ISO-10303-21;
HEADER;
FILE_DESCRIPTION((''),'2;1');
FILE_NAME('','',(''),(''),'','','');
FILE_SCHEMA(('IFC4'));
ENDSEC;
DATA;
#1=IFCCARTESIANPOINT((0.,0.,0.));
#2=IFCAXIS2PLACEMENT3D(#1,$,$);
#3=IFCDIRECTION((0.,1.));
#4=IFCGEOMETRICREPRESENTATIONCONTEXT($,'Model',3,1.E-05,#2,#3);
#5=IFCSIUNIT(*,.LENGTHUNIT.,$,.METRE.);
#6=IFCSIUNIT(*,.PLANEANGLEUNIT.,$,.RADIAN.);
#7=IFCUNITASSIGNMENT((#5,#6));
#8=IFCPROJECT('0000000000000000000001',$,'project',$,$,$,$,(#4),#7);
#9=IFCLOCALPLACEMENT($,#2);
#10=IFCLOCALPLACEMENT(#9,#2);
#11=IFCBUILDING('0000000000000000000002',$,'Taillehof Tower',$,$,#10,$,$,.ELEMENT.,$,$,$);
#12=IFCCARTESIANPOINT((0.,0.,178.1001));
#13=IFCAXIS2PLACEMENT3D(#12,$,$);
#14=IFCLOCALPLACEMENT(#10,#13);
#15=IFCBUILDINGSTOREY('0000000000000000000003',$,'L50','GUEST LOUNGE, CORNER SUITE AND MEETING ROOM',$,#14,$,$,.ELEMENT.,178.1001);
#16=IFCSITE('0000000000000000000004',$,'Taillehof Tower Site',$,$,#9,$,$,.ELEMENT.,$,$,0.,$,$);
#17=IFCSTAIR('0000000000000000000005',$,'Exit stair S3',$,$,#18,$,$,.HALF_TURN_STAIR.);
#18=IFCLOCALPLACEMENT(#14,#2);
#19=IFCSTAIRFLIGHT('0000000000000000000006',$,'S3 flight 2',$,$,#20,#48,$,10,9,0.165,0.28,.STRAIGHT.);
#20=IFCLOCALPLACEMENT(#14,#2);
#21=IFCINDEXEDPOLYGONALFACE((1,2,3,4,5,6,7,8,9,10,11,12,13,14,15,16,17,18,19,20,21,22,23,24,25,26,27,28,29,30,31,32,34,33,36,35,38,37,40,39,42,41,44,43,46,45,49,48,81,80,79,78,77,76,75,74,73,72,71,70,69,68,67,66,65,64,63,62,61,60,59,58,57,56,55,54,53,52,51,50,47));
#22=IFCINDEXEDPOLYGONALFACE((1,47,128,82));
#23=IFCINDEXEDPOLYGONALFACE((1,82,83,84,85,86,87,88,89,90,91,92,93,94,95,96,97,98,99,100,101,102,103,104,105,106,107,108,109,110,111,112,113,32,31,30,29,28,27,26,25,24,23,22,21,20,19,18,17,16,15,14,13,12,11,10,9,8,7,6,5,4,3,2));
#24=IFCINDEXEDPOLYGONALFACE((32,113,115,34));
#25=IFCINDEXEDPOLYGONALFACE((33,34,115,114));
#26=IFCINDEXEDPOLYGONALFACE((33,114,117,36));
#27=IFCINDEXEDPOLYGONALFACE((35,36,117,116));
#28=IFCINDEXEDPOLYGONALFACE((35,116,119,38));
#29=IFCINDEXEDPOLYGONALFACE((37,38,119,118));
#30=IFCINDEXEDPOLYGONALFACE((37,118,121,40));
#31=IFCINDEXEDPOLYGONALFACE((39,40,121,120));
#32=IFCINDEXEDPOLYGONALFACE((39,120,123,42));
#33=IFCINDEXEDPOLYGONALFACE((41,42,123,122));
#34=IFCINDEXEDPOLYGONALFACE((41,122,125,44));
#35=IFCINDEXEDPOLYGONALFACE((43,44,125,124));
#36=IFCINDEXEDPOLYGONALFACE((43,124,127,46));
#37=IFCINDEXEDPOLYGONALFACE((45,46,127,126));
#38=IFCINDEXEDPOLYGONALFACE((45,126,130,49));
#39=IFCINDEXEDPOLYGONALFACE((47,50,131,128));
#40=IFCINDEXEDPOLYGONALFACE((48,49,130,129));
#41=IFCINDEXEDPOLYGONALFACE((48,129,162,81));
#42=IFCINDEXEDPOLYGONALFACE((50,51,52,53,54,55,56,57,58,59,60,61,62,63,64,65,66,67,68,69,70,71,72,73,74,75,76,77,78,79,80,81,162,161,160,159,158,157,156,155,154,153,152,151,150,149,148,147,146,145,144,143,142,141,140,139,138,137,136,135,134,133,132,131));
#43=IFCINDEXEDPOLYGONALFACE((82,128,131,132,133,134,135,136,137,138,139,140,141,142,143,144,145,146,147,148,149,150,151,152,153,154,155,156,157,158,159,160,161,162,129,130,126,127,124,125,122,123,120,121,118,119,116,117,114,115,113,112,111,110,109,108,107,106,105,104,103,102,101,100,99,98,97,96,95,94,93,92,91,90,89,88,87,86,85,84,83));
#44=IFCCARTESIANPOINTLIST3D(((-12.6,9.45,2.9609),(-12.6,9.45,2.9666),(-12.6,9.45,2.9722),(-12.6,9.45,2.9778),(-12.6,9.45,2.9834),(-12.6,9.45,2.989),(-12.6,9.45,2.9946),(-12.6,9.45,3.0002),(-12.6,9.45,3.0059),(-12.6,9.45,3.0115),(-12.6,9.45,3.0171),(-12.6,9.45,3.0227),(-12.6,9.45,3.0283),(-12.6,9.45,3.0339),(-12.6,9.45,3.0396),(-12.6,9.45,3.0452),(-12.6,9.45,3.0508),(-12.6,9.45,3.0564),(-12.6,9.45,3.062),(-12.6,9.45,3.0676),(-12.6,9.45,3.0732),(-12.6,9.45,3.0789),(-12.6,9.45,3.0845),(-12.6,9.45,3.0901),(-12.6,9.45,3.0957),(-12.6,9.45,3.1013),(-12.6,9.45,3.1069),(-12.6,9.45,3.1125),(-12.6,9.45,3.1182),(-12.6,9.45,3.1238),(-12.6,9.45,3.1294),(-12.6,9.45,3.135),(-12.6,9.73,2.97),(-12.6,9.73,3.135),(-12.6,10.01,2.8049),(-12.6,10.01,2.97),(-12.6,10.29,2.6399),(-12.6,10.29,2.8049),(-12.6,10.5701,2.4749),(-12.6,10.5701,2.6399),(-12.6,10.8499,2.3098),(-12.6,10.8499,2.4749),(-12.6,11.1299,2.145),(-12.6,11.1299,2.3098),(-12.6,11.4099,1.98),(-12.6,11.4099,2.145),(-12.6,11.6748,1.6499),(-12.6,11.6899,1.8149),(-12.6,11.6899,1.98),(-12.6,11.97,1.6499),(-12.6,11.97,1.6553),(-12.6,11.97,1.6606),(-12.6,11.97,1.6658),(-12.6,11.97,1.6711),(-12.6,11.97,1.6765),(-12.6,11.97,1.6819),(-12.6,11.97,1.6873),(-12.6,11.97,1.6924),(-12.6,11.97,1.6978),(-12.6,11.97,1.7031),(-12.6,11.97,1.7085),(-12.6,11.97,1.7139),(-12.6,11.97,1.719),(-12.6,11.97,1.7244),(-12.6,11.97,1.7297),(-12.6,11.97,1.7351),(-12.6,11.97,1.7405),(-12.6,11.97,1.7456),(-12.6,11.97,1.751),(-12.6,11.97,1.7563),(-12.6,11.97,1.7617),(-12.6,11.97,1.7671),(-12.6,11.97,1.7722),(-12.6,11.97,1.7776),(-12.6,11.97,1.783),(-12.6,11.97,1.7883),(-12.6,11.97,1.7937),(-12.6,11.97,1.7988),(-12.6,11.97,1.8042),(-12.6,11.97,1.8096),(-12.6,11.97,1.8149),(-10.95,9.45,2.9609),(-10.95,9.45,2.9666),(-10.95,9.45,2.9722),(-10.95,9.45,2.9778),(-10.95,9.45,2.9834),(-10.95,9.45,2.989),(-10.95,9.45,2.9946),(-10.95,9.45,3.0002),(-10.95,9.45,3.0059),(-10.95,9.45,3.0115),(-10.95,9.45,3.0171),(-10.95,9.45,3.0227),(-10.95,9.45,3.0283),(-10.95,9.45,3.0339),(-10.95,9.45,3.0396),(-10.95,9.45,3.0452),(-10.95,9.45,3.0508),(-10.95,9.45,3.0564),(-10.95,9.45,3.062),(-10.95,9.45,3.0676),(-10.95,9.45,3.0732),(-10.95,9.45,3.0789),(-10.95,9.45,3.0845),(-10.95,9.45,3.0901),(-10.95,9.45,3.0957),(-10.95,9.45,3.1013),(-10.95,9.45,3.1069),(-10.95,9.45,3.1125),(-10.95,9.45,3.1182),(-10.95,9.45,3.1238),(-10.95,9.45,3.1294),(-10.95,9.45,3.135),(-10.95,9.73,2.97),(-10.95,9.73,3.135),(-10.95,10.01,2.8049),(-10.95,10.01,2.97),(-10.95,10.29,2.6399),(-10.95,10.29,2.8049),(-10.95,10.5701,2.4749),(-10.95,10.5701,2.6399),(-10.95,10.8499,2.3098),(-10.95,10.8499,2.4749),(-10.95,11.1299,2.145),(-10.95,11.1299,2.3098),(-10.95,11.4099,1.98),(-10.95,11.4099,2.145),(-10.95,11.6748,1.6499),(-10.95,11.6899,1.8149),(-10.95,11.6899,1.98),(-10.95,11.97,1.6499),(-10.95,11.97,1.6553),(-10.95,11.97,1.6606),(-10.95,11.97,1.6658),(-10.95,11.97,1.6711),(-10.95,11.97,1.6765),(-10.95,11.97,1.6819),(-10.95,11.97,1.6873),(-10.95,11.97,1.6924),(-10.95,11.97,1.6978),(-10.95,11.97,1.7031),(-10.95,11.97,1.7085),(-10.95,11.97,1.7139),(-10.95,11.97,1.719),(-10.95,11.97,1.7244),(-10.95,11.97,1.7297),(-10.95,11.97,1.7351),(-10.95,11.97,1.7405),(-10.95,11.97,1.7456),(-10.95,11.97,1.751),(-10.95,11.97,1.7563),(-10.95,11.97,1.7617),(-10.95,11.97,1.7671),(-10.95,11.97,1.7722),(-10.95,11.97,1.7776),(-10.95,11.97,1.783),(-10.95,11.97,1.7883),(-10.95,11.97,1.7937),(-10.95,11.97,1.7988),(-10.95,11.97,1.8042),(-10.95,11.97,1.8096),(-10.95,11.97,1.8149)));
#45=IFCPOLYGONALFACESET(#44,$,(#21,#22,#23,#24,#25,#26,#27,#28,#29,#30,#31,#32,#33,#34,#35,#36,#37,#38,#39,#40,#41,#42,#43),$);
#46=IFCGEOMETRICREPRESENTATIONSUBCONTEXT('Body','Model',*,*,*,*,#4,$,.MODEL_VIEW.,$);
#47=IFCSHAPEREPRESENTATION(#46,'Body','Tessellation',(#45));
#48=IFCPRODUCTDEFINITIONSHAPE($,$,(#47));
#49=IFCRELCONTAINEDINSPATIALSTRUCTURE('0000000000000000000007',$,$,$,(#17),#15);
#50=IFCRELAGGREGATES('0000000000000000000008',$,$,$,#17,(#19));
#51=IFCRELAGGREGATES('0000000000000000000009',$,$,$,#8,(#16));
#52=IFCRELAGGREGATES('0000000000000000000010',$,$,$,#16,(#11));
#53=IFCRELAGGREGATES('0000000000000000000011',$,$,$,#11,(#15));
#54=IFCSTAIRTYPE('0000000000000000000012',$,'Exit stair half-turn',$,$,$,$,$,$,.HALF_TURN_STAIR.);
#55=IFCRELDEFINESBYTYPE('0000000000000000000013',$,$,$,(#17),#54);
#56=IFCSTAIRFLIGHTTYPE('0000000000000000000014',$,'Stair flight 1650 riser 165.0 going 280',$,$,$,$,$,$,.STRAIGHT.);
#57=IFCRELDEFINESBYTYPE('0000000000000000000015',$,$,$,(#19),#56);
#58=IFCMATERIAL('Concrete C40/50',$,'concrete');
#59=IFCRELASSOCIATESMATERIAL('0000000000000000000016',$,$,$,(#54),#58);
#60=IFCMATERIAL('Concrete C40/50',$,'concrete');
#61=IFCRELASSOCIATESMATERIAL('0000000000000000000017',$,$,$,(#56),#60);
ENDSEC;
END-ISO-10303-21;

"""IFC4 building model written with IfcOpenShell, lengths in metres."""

from ifc_helpers import new_model, si_unit, direction, frame, origin, place, context, subcontext, project, spatial, polyline, outline, extrude, material, type_object, element, aggregate, save


model = new_model("IFC4")

# Units and contexts
model_context = context("Model", 3, precision=1e-05, world=origin(), true_north=direction((0.0, 1.0)))
body_context = subcontext(model_context, "Body", "Model", "MODEL_VIEW")
ifc_project = project(units=[si_unit("LENGTHUNIT", "METRE"), si_unit("PLANEANGLEUNIT", "RADIAN")], contexts=[model_context])

# Site, building, storey
site_placement = place(None, origin())
site = spatial("IfcSite", under=ifc_project, at=site_placement, Name="Taillehof Tower Site", CompositionType="ELEMENT", RefElevation=0.0)
building_placement = place(site_placement, origin())
building = spatial("IfcBuilding", under=site, at=building_placement, Name="Taillehof Tower", CompositionType="ELEMENT")
storey_placement = place(building_placement, frame((0.0, 0.0, 178.1001)))
storey = spatial("IfcBuildingStorey", under=building, at=storey_placement, Name="L50", Description="GUEST LOUNGE, CORNER SUITE AND MEETING ROOM", CompositionType="ELEMENT", Elevation=178.1001)

# Stair, stair flight
ifc_material_1 = material(Name="Concrete C40/50", Category="concrete")
stair_type = type_object("IfcStairType", Name="Exit stair half-turn", PredefinedType="HALF_TURN_STAIR", material=ifc_material_1)
stair_placement = place(storey_placement, origin())
stair = element("IfcStair", 1, at=stair_placement, inside=storey, type_object=stair_type, Name="Exit stair S3", PredefinedType="HALF_TURN_STAIR")
ifc_material_2 = material(Name="Concrete C40/50", Category="concrete")
stair_flight_type = type_object("IfcStairFlightType", Name="Stair flight 1650 riser 165.0 going 280", PredefinedType="STRAIGHT", material=ifc_material_2)
stair_flight_placement = place(storey_placement, frame((-11.7749, 11.97, 1.6499), z_axis=(0.0, 0.0, 1.0), x_axis=(0.0, -1.0, 0.0)))
stair_flight = element("IfcStairFlight", 2, at=stair_flight_placement, type_object=stair_flight_type, Name="S3 flight 2", NumberOfRisers=10, NumberOfTreads=9, PredefinedType="STRAIGHT", RiserHeight=0.165, TreadLength=0.28, context=body_context, shape_type="SweptSolid", body=[
    extrude(outline(polyline([(0.0, 0.0), (0.0, 0.0054), (0.0, 0.0107), (0.0, 0.0159), (0.0, 0.0212), (0.0, 0.0266), (0.0, 0.032), (0.0, 0.0374), (0.0, 0.0425), (0.0, 0.0479), (0.0, 0.0532), (0.0, 0.0586), (0.0, 0.064), (0.0, 0.0691), (0.0, 0.0745), (0.0, 0.0798), (0.0, 0.0852), (0.0, 0.0906), (0.0, 0.0957), (0.0, 0.1011), (0.0, 0.1064), (0.0, 0.1118), (0.0, 0.1172), (0.0, 0.1223), (0.0, 0.1277), (0.0, 0.1331), (0.0, 0.1384), (0.0, 0.1438), (0.0, 0.1489), (0.0, 0.1543), (0.0, 0.1597), (0.0, 0.165), (0.28, 0.165), (0.28, 0.3301), (0.5601, 0.3301), (0.5601, 0.4951), (0.8401, 0.4951), (0.8401, 0.6599), (1.1201, 0.6599), (1.1201, 0.825), (1.3999, 0.825), (1.3999, 0.99), (1.6799, 0.99), (1.6799, 1.155), (1.96, 1.155), (1.96, 1.3201), (2.24, 1.3201), (2.24, 1.4851), (2.52, 1.4851), (2.52, 1.4795), (2.52, 1.4739), (2.52, 1.4683), (2.52, 1.4626), (2.52, 1.457), (2.52, 1.4514), (2.52, 1.4458), (2.52, 1.4402), (2.52, 1.4346), (2.52, 1.429), (2.52, 1.4233), (2.52, 1.4177), (2.52, 1.4121), (2.52, 1.4065), (2.52, 1.4009), (2.52, 1.3953), (2.52, 1.3896), (2.52, 1.384), (2.52, 1.3784), (2.52, 1.3728), (2.52, 1.3672), (2.52, 1.3616), (2.52, 1.356), (2.52, 1.3503), (2.52, 1.3447), (2.52, 1.3391), (2.52, 1.3335), (2.52, 1.3279), (2.52, 1.3223), (2.52, 1.3167), (2.52, 1.311), (0.2952, 0.0), (0.0, 0.0)])), frame((0.0, 0.825, 0.0), z_axis=(0.0, -1.0, 0.0), x_axis=(1.0, 0.0, 0.0)), (0.0, 0.0, 1.0), 1.65),
])
aggregate(stair, [stair_flight])

save(model, "model.ifc")
